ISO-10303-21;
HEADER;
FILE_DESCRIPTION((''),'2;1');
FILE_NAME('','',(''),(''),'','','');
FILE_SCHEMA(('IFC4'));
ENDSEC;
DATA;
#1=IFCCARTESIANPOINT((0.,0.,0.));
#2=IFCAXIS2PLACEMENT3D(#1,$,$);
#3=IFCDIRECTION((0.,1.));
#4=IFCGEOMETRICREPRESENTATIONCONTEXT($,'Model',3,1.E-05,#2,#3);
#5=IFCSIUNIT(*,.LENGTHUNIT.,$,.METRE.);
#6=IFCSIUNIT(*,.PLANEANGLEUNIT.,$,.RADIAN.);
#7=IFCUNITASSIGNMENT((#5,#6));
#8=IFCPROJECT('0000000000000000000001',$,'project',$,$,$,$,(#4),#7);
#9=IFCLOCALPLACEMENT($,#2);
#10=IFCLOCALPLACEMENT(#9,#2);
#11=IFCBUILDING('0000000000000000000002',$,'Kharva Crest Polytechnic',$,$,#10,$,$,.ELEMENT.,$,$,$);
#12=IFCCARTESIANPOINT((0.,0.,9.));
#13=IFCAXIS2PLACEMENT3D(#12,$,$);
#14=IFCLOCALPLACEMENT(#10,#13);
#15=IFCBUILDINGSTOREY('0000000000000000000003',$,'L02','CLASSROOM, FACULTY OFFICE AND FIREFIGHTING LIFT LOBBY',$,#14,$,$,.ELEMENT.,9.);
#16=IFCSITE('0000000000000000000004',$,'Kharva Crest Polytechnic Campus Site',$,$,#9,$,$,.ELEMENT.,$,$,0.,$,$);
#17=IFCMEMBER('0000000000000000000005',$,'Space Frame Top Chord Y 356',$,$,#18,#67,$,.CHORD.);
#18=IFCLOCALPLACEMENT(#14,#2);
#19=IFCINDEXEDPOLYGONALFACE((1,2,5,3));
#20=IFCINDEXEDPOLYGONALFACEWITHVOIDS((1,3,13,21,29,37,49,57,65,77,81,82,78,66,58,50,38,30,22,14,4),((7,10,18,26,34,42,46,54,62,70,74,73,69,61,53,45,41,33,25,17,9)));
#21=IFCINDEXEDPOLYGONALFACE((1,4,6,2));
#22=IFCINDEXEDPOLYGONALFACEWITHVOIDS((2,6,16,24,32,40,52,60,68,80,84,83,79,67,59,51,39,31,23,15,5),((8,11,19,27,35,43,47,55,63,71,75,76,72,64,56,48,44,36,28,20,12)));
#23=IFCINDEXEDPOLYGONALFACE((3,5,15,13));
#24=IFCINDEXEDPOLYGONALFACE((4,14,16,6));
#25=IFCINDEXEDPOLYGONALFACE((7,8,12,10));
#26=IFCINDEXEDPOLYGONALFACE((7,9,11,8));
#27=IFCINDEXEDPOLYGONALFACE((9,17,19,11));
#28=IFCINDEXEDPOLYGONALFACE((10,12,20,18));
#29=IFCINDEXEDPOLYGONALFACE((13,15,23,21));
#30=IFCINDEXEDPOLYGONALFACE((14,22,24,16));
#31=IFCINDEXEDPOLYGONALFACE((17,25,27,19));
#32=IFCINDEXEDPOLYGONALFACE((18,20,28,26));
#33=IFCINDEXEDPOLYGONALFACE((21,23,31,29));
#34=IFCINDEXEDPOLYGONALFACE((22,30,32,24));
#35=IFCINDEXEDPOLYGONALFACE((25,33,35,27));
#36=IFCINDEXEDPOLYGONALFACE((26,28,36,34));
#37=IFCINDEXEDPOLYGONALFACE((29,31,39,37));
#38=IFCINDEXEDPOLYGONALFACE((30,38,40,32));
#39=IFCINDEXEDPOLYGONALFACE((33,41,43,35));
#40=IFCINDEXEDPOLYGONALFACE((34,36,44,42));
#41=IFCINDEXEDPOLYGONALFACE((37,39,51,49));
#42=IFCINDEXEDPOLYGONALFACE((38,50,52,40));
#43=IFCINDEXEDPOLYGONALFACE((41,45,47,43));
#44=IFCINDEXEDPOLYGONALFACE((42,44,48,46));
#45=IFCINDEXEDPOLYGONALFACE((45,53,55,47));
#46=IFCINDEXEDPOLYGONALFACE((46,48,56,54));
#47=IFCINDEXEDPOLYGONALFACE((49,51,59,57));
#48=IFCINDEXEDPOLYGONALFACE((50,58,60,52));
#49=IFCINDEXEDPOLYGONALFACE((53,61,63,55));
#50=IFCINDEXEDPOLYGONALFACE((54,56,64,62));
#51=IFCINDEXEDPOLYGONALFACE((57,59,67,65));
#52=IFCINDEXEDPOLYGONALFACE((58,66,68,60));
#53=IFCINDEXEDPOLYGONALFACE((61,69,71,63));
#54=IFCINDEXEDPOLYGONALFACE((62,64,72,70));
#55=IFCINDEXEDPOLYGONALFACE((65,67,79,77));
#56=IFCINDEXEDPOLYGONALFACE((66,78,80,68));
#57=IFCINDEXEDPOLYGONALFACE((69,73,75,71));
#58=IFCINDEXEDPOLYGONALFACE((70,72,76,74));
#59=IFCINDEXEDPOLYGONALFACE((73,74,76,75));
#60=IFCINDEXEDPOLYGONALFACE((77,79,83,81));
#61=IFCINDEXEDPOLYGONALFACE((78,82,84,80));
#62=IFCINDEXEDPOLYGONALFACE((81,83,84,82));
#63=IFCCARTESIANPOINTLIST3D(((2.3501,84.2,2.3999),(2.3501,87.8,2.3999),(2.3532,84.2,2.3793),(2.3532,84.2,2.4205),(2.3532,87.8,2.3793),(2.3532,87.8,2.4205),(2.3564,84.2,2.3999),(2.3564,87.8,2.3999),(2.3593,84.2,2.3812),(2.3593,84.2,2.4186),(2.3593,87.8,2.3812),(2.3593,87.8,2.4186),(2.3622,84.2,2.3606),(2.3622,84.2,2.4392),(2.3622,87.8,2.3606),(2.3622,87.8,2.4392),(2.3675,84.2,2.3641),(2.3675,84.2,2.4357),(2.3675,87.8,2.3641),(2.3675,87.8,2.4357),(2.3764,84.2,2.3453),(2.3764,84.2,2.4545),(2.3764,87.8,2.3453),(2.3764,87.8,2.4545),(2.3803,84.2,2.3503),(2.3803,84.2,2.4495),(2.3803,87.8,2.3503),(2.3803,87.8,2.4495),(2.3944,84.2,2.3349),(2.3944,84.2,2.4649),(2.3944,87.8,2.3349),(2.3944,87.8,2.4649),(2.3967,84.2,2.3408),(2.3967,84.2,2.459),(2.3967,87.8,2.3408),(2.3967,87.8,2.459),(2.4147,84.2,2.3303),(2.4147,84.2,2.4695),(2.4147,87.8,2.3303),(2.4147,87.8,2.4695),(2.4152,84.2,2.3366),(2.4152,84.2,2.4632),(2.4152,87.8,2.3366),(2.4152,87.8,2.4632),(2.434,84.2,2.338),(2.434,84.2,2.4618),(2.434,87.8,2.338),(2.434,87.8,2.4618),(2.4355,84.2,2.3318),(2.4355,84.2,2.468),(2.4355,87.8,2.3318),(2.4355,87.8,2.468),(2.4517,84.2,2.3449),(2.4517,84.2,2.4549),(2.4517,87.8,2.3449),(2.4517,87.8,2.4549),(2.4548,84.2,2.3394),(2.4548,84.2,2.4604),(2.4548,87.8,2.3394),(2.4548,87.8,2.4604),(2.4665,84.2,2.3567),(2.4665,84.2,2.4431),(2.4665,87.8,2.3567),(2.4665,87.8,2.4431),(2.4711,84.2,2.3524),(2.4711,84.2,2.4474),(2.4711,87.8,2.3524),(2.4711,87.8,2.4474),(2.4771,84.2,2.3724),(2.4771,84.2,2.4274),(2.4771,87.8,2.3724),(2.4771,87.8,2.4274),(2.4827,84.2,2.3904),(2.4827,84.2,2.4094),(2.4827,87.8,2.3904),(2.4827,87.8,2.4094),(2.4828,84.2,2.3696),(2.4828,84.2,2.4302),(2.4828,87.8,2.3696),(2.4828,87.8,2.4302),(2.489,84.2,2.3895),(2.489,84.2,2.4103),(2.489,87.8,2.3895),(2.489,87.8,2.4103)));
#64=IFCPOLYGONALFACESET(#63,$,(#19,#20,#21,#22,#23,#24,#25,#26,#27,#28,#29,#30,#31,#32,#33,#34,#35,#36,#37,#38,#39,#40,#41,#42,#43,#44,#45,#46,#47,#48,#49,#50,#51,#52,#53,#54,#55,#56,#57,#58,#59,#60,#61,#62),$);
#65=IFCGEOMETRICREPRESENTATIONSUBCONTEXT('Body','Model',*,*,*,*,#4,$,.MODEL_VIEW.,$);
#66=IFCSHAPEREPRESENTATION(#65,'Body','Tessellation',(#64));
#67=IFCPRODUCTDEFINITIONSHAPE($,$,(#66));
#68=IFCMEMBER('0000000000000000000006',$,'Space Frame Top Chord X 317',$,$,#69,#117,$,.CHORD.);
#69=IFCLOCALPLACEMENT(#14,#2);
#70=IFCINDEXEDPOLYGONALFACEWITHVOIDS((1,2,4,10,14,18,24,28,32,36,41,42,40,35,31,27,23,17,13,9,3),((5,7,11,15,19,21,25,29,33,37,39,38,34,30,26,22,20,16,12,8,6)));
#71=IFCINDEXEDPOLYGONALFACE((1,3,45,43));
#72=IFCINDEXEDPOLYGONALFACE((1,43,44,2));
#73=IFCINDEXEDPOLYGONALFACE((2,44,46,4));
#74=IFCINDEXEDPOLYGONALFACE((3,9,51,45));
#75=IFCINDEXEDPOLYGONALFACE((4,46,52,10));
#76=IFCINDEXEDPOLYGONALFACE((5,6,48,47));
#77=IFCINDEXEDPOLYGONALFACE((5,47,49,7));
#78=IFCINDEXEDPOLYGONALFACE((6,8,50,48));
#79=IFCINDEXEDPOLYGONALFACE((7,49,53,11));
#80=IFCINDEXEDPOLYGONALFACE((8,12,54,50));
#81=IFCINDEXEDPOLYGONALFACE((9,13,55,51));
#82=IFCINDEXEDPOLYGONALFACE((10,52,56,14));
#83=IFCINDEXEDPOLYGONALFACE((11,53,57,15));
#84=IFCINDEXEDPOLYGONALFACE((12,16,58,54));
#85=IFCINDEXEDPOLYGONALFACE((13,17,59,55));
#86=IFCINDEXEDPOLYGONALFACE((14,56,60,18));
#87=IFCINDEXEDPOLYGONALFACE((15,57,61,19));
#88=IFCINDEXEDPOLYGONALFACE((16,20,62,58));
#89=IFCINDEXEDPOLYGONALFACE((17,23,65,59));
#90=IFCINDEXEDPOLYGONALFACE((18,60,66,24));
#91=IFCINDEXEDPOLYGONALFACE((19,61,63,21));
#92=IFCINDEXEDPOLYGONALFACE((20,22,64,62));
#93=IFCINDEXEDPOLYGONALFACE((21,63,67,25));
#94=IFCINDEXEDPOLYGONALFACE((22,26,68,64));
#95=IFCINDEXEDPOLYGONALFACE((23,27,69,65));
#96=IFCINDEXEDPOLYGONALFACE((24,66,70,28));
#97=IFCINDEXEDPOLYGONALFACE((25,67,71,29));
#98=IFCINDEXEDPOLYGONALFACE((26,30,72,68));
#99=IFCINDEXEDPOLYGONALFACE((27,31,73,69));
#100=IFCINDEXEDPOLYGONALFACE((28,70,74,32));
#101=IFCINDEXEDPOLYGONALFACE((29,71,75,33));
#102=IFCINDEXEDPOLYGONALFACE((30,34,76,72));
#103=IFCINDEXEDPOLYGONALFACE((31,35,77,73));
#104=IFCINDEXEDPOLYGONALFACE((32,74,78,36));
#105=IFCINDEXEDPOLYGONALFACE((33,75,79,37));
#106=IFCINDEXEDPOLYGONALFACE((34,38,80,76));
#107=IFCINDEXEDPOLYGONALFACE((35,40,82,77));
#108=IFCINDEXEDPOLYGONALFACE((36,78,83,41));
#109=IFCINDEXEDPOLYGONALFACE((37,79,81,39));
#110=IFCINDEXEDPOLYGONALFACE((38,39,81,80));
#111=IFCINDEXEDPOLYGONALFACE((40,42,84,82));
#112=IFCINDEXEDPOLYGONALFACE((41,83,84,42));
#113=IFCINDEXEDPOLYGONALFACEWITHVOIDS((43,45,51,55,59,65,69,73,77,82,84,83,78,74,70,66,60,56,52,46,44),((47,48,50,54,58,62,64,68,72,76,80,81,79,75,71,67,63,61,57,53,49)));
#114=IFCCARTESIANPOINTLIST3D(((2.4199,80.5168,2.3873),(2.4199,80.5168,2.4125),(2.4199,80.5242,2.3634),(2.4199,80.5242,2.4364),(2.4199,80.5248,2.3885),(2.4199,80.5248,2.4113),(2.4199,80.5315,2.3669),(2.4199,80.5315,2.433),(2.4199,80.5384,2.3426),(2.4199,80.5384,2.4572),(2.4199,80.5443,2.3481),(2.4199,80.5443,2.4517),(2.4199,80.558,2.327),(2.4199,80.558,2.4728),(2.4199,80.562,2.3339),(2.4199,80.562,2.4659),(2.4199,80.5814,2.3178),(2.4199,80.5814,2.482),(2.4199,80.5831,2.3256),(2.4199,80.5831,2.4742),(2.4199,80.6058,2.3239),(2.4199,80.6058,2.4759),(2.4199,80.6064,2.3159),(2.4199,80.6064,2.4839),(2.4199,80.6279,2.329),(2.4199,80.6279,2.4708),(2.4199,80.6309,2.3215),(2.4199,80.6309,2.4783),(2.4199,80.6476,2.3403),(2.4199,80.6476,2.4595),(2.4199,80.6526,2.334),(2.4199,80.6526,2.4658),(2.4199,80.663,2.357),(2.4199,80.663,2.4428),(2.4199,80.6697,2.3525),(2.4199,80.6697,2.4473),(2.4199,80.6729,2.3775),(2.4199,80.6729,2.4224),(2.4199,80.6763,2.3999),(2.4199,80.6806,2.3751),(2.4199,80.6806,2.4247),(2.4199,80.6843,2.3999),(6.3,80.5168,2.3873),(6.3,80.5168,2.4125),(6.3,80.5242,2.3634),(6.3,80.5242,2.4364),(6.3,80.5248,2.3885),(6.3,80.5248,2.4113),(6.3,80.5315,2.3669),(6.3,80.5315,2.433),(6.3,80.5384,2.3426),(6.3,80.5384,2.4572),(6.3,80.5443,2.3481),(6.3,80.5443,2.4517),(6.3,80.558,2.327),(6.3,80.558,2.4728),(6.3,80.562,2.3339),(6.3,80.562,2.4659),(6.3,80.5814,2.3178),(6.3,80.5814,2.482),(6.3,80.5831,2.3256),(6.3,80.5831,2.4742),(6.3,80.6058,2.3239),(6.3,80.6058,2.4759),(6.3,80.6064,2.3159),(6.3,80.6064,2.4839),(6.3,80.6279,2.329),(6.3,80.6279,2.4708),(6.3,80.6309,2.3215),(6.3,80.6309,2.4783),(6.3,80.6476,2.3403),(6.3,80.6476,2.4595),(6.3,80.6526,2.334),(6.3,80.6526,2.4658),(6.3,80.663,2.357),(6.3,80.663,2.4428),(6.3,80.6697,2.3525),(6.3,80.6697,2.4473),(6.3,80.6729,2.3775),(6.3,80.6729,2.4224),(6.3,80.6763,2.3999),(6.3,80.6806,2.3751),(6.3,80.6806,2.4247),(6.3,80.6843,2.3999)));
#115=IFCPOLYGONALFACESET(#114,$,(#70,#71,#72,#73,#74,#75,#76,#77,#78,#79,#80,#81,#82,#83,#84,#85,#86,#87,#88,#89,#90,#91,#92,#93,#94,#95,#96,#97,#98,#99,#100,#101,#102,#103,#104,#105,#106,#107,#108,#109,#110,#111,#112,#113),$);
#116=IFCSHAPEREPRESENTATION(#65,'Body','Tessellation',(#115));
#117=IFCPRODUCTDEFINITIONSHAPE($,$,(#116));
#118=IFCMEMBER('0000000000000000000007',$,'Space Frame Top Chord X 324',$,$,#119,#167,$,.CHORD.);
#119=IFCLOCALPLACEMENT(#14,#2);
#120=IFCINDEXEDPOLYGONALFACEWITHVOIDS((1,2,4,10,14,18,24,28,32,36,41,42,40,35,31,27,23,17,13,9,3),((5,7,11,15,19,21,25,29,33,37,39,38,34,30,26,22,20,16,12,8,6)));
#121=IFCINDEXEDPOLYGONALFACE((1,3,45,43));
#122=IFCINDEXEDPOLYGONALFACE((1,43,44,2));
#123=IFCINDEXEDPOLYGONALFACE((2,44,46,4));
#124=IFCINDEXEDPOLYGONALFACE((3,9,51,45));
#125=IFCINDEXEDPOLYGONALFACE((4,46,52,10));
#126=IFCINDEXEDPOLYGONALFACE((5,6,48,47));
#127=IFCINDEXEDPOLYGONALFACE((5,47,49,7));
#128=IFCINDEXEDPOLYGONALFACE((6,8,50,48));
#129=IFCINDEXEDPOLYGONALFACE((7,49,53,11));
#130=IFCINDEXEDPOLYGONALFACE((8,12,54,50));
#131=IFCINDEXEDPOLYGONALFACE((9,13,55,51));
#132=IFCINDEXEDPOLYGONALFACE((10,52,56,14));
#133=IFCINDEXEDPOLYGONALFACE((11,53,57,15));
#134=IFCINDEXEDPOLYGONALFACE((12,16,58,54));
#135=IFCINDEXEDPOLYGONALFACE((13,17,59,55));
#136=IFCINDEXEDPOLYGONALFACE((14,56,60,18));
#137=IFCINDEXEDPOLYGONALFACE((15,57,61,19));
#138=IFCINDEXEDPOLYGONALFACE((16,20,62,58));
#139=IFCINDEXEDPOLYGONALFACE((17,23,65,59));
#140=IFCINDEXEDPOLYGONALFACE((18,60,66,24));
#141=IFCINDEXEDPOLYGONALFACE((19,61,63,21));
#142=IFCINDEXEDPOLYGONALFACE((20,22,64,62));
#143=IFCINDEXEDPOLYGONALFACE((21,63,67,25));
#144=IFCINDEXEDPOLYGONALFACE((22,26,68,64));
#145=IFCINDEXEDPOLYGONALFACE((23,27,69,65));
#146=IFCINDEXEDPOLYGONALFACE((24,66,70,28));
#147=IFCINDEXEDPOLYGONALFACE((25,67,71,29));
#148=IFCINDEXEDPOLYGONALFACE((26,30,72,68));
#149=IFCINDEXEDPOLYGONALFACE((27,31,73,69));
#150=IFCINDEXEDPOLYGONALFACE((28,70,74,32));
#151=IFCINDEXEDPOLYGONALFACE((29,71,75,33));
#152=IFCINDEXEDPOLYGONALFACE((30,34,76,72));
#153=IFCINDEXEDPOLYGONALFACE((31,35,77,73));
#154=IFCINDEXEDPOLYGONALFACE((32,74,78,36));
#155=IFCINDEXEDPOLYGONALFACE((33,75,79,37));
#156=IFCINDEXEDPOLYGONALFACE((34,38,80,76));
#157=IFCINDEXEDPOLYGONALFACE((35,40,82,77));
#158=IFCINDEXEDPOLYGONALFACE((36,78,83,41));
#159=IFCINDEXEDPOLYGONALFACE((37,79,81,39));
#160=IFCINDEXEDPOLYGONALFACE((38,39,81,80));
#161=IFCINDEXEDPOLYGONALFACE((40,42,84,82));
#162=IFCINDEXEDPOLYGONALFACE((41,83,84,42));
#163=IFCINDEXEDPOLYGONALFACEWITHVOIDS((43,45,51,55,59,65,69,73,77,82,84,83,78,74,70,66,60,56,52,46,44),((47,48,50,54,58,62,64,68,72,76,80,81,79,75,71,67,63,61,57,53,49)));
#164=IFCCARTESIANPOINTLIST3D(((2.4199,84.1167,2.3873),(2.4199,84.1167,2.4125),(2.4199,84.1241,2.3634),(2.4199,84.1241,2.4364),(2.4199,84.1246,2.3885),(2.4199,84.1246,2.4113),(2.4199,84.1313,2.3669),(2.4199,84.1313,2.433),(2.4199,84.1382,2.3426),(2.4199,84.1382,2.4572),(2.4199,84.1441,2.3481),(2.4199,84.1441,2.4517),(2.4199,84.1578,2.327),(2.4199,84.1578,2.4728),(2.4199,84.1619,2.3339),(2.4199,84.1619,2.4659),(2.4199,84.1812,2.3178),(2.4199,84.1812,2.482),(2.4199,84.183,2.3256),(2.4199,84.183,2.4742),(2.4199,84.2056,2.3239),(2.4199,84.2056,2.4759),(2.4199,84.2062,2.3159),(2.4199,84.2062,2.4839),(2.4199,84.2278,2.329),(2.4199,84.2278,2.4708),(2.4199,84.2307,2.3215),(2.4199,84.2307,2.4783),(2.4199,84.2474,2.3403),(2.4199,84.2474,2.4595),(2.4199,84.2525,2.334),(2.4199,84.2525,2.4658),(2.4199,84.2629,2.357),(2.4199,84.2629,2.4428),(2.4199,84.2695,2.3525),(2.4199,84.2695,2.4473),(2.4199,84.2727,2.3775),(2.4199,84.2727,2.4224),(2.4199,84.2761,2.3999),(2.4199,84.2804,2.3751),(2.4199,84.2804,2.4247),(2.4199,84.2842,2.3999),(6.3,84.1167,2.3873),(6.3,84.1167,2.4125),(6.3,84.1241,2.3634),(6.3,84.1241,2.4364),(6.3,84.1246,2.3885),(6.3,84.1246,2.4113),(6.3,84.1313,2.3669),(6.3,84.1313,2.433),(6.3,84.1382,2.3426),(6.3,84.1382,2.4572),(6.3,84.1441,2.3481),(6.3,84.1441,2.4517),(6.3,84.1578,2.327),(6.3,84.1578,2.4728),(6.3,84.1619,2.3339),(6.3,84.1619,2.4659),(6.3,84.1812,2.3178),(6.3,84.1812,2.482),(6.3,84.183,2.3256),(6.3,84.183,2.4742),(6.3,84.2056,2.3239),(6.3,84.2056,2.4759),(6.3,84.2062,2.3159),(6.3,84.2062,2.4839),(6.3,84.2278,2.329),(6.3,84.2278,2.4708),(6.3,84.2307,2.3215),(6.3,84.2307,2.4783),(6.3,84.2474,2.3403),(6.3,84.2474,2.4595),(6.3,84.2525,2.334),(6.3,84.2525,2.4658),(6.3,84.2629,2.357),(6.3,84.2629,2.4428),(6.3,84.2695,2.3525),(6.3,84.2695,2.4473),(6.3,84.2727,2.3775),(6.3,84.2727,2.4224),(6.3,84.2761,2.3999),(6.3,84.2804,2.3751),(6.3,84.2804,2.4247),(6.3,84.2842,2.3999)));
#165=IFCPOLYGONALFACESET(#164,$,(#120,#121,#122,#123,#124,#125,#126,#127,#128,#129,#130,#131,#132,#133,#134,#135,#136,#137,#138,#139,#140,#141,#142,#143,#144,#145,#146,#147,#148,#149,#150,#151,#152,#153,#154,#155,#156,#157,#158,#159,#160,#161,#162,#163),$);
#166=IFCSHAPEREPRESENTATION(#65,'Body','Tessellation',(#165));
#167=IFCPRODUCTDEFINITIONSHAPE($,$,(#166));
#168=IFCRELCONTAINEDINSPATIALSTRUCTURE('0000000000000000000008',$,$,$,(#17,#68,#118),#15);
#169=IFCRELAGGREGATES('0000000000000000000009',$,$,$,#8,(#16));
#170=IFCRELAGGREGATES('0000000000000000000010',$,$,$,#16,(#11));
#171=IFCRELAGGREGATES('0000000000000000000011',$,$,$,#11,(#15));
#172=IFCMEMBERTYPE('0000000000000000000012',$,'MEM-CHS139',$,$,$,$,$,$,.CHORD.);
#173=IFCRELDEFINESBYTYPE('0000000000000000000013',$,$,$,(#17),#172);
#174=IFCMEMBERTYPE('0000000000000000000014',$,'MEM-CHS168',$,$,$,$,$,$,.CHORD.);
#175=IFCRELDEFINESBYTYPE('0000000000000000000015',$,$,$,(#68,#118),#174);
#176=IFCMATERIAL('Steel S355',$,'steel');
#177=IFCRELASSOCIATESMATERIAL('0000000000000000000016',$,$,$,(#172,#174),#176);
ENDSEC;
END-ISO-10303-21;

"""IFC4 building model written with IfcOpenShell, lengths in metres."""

from ifc_helpers import new_model, si_unit, direction, frame, origin, origin_2d, place, context, subcontext, project, spatial, hollow_circle, extrude, material, material_profile, profile_set, type_object, element, save


model = new_model("IFC4")

# Units and contexts
model_context = context("Model", 3, precision=1e-05, world=origin(), true_north=direction((0.0, 1.0)))
body_context = subcontext(model_context, "Body", "Model", "MODEL_VIEW")
ifc_project = project(units=[si_unit("LENGTHUNIT", "METRE"), si_unit("PLANEANGLEUNIT", "RADIAN")], contexts=[model_context])

# Site, building, storey
site_placement = place(None, origin())
site = spatial("IfcSite", under=ifc_project, at=site_placement, Name="Kharva Crest Polytechnic Campus Site", CompositionType="ELEMENT", RefElevation=0.0)
building_placement = place(site_placement, origin())
building = spatial("IfcBuilding", under=site, at=building_placement, Name="Kharva Crest Polytechnic", CompositionType="ELEMENT")
storey_placement = place(building_placement, frame((0.0, 0.0, 9.0)))
storey = spatial("IfcBuildingStorey", under=building, at=storey_placement, Name="L02", Description="CLASSROOM, FACULTY OFFICE AND FIREFIGHTING LIFT LOBBY", CompositionType="ELEMENT", Elevation=9.0)

# Shared definitions
ifc_material_1 = material(Name="Steel S355", Category="steel")

# Members
ifc_material_profile_1 = material_profile(ifc_material_1, hollow_circle(Radius=0.0698, WallThickness=0.0063, at=origin_2d()), Name="CHS 139.7X6.3")
ifc_profile_set_1 = profile_set([ifc_material_profile_1], Name="Steel S355")
member_type_1 = type_object("IfcMemberType", Name="MEM-CHS139", PredefinedType="CHORD", material=ifc_profile_set_1)
member_1_placement = place(storey_placement, frame((2.4199, 84.2, 2.3999), z_axis=(0.0, 1.0, 0.0), x_axis=(-1.0, 0.0, 0.0)))
element("IfcMember", 1, at=member_1_placement, inside=storey, type_object=member_type_1, Name="Space Frame Top Chord Y 356", PredefinedType="CHORD", context=body_context, shape_type="SweptSolid", body=[
    extrude(hollow_circle(Radius=0.0698, WallThickness=0.0063, at=origin_2d()), origin(), (0.0, 0.0, 1.0), 3.6001),
])
ifc_material_profile_2 = material_profile(ifc_material_1, hollow_circle(Radius=0.0842, WallThickness=0.0081, at=origin_2d()), Name="CHS 168.3X8.0")
ifc_profile_set_2 = profile_set([ifc_material_profile_2], Name="Steel S355")
member_type_2 = type_object("IfcMemberType", Name="MEM-CHS168", PredefinedType="CHORD", material=ifc_profile_set_2)
for number, where, z_axis, x_axis, name in (
    (2, (2.4199, 80.6001, 2.3999), (1.0, 0.0, 0.0), (0.0, 1.0, 0.0), "Space Frame Top Chord X 317"),
    (3, (2.4199, 84.2, 2.3999), (1.0, 0.0, 0.0), (0.0, 1.0, 0.0), "Space Frame Top Chord X 324"),
):
    element("IfcMember", number, at=place(storey_placement, frame(where, z_axis=z_axis, x_axis=x_axis)), inside=storey, type_object=member_type_2, Name=name, PredefinedType="CHORD", context=body_context, shape_type="SweptSolid", body=[
        extrude(hollow_circle(Radius=0.0842, WallThickness=0.0081, at=origin_2d()), origin(), (0.0, 0.0, 1.0), 3.8801),
    ])

save(model, "model.ifc")
